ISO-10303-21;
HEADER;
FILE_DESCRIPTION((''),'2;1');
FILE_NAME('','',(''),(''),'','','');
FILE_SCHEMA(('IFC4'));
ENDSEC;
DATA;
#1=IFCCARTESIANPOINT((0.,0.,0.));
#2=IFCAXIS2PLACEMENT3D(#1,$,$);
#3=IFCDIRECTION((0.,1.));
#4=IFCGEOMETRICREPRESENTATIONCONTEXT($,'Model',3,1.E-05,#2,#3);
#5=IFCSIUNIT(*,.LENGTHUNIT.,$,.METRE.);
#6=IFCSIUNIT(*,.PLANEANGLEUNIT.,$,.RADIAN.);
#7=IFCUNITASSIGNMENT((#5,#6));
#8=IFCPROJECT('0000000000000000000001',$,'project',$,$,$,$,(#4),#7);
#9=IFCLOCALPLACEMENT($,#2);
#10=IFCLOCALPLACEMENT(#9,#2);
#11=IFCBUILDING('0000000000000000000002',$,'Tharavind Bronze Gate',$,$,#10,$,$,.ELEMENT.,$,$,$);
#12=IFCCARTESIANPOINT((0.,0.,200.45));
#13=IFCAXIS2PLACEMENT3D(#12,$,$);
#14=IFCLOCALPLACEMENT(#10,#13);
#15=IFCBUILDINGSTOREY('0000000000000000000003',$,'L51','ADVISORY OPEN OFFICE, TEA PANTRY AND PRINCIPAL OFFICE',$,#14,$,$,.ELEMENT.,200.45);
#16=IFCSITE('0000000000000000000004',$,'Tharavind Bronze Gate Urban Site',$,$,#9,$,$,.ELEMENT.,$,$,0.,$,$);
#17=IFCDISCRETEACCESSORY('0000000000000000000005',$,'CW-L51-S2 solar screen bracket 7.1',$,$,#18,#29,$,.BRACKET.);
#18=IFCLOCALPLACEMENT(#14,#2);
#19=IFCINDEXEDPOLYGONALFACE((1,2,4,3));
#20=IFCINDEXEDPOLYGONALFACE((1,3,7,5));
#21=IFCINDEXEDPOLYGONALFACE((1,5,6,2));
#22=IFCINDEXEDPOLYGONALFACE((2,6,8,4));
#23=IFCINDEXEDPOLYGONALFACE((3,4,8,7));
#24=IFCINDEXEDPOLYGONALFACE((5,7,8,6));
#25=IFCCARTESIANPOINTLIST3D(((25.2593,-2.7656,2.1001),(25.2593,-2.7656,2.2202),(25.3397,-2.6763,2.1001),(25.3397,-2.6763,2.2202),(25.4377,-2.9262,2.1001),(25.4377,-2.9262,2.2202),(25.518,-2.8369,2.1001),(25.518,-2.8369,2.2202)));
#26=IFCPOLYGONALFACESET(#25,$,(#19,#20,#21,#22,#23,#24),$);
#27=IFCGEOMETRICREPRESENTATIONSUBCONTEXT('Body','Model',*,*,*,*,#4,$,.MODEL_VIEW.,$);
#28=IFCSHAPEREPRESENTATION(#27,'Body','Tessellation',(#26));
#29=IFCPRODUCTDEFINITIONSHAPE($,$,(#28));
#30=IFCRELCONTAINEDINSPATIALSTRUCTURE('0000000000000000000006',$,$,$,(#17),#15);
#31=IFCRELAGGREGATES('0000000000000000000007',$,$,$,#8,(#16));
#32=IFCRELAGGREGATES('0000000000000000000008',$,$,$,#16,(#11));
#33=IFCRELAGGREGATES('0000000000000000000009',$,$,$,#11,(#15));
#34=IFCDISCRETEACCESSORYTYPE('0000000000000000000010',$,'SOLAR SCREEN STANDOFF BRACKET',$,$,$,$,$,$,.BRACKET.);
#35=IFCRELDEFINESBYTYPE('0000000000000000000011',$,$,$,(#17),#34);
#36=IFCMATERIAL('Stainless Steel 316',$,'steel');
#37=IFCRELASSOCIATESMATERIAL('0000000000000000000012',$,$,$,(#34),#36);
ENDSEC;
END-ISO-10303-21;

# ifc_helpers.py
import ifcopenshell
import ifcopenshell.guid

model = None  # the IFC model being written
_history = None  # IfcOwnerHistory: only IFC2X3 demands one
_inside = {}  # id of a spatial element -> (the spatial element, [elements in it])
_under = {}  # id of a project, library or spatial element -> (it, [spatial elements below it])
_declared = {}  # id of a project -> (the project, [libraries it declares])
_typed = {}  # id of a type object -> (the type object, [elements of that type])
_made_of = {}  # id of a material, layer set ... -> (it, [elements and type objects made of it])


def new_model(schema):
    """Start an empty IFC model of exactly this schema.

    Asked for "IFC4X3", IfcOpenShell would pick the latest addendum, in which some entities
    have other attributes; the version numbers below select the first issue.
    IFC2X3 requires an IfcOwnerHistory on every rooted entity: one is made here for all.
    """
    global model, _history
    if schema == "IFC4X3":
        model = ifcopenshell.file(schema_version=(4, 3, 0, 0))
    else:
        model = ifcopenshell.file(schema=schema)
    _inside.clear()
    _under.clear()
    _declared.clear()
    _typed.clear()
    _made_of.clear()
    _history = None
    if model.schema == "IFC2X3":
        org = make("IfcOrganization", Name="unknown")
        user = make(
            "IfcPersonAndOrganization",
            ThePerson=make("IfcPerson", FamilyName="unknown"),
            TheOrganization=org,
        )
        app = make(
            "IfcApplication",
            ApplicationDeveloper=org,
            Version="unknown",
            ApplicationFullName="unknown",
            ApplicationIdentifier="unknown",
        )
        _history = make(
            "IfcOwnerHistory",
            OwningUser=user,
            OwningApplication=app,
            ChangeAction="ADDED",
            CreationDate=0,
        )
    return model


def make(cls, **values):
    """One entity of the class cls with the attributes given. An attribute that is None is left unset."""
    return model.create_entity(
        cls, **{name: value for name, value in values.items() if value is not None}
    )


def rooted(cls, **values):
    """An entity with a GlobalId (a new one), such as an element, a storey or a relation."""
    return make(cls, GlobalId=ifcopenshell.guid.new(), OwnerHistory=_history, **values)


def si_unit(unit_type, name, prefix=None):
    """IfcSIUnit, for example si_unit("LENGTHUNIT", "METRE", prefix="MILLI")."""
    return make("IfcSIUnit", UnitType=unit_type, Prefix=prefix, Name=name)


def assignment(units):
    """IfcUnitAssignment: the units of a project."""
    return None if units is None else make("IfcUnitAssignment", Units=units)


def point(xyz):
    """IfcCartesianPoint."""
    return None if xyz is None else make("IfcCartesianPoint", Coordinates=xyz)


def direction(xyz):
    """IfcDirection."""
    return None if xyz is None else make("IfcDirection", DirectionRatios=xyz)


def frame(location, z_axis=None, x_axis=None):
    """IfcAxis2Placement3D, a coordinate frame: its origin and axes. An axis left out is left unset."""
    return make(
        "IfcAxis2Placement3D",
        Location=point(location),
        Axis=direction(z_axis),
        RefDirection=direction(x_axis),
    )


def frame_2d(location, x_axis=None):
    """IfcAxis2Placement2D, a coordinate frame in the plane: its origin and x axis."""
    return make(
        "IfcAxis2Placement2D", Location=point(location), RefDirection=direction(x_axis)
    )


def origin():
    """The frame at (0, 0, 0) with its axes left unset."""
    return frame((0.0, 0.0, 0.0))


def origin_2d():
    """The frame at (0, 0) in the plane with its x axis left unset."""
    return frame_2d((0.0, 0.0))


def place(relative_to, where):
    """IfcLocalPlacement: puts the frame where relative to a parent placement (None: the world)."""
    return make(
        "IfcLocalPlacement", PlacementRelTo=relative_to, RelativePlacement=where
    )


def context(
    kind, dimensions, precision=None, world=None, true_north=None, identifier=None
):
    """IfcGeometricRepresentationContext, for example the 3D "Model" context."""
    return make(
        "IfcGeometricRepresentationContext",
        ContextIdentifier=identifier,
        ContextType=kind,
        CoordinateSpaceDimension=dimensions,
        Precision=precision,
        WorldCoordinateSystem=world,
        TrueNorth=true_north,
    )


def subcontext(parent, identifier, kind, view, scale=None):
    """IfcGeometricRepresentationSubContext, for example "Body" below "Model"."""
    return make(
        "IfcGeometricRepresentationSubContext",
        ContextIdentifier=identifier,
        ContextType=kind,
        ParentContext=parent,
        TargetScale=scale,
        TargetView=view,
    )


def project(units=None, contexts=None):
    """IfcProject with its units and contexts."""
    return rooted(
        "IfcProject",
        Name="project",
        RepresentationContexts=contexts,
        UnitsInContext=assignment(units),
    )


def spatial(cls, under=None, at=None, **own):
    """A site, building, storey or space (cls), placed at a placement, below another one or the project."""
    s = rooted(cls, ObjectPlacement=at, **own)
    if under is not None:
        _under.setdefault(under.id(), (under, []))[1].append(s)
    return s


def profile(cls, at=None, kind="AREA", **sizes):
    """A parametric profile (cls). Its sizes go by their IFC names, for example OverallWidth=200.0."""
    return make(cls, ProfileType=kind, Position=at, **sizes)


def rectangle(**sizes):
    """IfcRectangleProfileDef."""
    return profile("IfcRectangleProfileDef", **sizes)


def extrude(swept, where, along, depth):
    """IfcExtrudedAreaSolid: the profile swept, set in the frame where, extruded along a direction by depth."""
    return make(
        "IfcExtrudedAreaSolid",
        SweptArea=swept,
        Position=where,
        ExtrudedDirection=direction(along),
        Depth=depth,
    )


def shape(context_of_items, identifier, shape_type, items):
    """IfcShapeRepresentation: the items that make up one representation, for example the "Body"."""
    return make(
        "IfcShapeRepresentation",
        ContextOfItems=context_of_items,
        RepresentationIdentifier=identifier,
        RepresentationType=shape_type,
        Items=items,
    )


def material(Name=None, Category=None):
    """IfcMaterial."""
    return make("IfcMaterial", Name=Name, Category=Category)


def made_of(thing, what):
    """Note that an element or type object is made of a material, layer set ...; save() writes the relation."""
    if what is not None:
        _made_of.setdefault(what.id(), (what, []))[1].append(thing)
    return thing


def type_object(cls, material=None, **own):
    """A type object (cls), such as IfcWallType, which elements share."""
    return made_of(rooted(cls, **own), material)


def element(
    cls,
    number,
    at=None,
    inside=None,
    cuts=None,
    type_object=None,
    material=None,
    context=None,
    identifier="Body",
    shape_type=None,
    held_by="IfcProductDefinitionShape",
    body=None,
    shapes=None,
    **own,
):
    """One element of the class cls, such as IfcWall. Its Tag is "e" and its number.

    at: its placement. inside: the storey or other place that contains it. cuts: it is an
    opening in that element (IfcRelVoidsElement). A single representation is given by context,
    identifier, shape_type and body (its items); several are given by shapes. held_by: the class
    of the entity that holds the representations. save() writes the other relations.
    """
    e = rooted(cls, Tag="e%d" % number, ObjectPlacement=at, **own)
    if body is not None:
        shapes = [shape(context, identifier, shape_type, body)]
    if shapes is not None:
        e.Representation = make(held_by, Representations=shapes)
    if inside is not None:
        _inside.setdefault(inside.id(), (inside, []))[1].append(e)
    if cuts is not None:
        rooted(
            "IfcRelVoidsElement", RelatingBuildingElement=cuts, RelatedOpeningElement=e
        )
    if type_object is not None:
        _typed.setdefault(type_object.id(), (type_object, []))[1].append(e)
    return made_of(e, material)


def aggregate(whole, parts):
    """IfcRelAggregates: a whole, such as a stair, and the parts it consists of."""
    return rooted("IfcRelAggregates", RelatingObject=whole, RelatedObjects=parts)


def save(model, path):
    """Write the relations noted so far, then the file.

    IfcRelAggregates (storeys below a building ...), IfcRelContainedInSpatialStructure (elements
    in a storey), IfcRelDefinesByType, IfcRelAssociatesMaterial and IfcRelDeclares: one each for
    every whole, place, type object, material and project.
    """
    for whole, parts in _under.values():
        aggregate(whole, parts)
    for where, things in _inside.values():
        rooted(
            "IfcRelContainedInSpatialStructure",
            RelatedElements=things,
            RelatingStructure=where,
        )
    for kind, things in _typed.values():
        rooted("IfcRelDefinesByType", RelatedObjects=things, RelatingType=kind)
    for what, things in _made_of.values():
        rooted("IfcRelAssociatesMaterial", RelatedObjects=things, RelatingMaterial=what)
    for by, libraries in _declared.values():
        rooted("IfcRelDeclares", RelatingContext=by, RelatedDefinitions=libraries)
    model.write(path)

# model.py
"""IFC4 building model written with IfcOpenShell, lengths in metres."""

from ifc_helpers import new_model, si_unit, direction, frame, origin, origin_2d, place, context, subcontext, project, spatial, rectangle, extrude, material, type_object, element, save


model = new_model("IFC4")

# Units and contexts
model_context = context("Model", 3, precision=1e-05, world=origin(), true_north=direction((0.0, 1.0)))
body_context = subcontext(model_context, "Body", "Model", "MODEL_VIEW")
ifc_project = project(units=[si_unit("LENGTHUNIT", "METRE"), si_unit("PLANEANGLEUNIT", "RADIAN")], contexts=[model_context])

# Site, building, storey
site_placement = place(None, origin())
site = spatial("IfcSite", under=ifc_project, at=site_placement, Name="Tharavind Bronze Gate Urban Site", CompositionType="ELEMENT", RefElevation=0.0)
building_placement = place(site_placement, origin())
building = spatial("IfcBuilding", under=site, at=building_placement, Name="Tharavind Bronze Gate", CompositionType="ELEMENT")
storey_placement = place(building_placement, frame((0.0, 0.0, 200.45)))
storey = spatial("IfcBuildingStorey", under=building, at=storey_placement, Name="L51", Description="ADVISORY OPEN OFFICE, TEA PANTRY AND PRINCIPAL OFFICE", CompositionType="ELEMENT", Elevation=200.45)

# Discrete accessory
ifc_material_1 = material(Name="Stainless Steel 316", Category="steel")
discrete_accessory_type = type_object("IfcDiscreteAccessoryType", Name="SOLAR SCREEN STANDOFF BRACKET", PredefinedType="BRACKET", material=ifc_material_1)
for number, where, z_axis, x_axis, name in (
    (1, (25.3887, -2.8013, 2.1001), (0.0, 0.0, 1.0), (0.669131, 0.743145, 0.0), "CW-L51-S2 solar screen bracket 7.1"),
):
    element("IfcDiscreteAccessory", number, at=place(storey_placement, frame(where, z_axis=z_axis, x_axis=x_axis)), inside=storey, type_object=discrete_accessory_type, Name=name, PredefinedType="BRACKET", context=body_context, shape_type="SweptSolid", body=[
        extrude(rectangle(XDim=0.1201, YDim=0.24, at=origin_2d()), origin(), (0.0, 0.0, 1.0), 0.1201),
    ])

save(model, "model.ifc")
